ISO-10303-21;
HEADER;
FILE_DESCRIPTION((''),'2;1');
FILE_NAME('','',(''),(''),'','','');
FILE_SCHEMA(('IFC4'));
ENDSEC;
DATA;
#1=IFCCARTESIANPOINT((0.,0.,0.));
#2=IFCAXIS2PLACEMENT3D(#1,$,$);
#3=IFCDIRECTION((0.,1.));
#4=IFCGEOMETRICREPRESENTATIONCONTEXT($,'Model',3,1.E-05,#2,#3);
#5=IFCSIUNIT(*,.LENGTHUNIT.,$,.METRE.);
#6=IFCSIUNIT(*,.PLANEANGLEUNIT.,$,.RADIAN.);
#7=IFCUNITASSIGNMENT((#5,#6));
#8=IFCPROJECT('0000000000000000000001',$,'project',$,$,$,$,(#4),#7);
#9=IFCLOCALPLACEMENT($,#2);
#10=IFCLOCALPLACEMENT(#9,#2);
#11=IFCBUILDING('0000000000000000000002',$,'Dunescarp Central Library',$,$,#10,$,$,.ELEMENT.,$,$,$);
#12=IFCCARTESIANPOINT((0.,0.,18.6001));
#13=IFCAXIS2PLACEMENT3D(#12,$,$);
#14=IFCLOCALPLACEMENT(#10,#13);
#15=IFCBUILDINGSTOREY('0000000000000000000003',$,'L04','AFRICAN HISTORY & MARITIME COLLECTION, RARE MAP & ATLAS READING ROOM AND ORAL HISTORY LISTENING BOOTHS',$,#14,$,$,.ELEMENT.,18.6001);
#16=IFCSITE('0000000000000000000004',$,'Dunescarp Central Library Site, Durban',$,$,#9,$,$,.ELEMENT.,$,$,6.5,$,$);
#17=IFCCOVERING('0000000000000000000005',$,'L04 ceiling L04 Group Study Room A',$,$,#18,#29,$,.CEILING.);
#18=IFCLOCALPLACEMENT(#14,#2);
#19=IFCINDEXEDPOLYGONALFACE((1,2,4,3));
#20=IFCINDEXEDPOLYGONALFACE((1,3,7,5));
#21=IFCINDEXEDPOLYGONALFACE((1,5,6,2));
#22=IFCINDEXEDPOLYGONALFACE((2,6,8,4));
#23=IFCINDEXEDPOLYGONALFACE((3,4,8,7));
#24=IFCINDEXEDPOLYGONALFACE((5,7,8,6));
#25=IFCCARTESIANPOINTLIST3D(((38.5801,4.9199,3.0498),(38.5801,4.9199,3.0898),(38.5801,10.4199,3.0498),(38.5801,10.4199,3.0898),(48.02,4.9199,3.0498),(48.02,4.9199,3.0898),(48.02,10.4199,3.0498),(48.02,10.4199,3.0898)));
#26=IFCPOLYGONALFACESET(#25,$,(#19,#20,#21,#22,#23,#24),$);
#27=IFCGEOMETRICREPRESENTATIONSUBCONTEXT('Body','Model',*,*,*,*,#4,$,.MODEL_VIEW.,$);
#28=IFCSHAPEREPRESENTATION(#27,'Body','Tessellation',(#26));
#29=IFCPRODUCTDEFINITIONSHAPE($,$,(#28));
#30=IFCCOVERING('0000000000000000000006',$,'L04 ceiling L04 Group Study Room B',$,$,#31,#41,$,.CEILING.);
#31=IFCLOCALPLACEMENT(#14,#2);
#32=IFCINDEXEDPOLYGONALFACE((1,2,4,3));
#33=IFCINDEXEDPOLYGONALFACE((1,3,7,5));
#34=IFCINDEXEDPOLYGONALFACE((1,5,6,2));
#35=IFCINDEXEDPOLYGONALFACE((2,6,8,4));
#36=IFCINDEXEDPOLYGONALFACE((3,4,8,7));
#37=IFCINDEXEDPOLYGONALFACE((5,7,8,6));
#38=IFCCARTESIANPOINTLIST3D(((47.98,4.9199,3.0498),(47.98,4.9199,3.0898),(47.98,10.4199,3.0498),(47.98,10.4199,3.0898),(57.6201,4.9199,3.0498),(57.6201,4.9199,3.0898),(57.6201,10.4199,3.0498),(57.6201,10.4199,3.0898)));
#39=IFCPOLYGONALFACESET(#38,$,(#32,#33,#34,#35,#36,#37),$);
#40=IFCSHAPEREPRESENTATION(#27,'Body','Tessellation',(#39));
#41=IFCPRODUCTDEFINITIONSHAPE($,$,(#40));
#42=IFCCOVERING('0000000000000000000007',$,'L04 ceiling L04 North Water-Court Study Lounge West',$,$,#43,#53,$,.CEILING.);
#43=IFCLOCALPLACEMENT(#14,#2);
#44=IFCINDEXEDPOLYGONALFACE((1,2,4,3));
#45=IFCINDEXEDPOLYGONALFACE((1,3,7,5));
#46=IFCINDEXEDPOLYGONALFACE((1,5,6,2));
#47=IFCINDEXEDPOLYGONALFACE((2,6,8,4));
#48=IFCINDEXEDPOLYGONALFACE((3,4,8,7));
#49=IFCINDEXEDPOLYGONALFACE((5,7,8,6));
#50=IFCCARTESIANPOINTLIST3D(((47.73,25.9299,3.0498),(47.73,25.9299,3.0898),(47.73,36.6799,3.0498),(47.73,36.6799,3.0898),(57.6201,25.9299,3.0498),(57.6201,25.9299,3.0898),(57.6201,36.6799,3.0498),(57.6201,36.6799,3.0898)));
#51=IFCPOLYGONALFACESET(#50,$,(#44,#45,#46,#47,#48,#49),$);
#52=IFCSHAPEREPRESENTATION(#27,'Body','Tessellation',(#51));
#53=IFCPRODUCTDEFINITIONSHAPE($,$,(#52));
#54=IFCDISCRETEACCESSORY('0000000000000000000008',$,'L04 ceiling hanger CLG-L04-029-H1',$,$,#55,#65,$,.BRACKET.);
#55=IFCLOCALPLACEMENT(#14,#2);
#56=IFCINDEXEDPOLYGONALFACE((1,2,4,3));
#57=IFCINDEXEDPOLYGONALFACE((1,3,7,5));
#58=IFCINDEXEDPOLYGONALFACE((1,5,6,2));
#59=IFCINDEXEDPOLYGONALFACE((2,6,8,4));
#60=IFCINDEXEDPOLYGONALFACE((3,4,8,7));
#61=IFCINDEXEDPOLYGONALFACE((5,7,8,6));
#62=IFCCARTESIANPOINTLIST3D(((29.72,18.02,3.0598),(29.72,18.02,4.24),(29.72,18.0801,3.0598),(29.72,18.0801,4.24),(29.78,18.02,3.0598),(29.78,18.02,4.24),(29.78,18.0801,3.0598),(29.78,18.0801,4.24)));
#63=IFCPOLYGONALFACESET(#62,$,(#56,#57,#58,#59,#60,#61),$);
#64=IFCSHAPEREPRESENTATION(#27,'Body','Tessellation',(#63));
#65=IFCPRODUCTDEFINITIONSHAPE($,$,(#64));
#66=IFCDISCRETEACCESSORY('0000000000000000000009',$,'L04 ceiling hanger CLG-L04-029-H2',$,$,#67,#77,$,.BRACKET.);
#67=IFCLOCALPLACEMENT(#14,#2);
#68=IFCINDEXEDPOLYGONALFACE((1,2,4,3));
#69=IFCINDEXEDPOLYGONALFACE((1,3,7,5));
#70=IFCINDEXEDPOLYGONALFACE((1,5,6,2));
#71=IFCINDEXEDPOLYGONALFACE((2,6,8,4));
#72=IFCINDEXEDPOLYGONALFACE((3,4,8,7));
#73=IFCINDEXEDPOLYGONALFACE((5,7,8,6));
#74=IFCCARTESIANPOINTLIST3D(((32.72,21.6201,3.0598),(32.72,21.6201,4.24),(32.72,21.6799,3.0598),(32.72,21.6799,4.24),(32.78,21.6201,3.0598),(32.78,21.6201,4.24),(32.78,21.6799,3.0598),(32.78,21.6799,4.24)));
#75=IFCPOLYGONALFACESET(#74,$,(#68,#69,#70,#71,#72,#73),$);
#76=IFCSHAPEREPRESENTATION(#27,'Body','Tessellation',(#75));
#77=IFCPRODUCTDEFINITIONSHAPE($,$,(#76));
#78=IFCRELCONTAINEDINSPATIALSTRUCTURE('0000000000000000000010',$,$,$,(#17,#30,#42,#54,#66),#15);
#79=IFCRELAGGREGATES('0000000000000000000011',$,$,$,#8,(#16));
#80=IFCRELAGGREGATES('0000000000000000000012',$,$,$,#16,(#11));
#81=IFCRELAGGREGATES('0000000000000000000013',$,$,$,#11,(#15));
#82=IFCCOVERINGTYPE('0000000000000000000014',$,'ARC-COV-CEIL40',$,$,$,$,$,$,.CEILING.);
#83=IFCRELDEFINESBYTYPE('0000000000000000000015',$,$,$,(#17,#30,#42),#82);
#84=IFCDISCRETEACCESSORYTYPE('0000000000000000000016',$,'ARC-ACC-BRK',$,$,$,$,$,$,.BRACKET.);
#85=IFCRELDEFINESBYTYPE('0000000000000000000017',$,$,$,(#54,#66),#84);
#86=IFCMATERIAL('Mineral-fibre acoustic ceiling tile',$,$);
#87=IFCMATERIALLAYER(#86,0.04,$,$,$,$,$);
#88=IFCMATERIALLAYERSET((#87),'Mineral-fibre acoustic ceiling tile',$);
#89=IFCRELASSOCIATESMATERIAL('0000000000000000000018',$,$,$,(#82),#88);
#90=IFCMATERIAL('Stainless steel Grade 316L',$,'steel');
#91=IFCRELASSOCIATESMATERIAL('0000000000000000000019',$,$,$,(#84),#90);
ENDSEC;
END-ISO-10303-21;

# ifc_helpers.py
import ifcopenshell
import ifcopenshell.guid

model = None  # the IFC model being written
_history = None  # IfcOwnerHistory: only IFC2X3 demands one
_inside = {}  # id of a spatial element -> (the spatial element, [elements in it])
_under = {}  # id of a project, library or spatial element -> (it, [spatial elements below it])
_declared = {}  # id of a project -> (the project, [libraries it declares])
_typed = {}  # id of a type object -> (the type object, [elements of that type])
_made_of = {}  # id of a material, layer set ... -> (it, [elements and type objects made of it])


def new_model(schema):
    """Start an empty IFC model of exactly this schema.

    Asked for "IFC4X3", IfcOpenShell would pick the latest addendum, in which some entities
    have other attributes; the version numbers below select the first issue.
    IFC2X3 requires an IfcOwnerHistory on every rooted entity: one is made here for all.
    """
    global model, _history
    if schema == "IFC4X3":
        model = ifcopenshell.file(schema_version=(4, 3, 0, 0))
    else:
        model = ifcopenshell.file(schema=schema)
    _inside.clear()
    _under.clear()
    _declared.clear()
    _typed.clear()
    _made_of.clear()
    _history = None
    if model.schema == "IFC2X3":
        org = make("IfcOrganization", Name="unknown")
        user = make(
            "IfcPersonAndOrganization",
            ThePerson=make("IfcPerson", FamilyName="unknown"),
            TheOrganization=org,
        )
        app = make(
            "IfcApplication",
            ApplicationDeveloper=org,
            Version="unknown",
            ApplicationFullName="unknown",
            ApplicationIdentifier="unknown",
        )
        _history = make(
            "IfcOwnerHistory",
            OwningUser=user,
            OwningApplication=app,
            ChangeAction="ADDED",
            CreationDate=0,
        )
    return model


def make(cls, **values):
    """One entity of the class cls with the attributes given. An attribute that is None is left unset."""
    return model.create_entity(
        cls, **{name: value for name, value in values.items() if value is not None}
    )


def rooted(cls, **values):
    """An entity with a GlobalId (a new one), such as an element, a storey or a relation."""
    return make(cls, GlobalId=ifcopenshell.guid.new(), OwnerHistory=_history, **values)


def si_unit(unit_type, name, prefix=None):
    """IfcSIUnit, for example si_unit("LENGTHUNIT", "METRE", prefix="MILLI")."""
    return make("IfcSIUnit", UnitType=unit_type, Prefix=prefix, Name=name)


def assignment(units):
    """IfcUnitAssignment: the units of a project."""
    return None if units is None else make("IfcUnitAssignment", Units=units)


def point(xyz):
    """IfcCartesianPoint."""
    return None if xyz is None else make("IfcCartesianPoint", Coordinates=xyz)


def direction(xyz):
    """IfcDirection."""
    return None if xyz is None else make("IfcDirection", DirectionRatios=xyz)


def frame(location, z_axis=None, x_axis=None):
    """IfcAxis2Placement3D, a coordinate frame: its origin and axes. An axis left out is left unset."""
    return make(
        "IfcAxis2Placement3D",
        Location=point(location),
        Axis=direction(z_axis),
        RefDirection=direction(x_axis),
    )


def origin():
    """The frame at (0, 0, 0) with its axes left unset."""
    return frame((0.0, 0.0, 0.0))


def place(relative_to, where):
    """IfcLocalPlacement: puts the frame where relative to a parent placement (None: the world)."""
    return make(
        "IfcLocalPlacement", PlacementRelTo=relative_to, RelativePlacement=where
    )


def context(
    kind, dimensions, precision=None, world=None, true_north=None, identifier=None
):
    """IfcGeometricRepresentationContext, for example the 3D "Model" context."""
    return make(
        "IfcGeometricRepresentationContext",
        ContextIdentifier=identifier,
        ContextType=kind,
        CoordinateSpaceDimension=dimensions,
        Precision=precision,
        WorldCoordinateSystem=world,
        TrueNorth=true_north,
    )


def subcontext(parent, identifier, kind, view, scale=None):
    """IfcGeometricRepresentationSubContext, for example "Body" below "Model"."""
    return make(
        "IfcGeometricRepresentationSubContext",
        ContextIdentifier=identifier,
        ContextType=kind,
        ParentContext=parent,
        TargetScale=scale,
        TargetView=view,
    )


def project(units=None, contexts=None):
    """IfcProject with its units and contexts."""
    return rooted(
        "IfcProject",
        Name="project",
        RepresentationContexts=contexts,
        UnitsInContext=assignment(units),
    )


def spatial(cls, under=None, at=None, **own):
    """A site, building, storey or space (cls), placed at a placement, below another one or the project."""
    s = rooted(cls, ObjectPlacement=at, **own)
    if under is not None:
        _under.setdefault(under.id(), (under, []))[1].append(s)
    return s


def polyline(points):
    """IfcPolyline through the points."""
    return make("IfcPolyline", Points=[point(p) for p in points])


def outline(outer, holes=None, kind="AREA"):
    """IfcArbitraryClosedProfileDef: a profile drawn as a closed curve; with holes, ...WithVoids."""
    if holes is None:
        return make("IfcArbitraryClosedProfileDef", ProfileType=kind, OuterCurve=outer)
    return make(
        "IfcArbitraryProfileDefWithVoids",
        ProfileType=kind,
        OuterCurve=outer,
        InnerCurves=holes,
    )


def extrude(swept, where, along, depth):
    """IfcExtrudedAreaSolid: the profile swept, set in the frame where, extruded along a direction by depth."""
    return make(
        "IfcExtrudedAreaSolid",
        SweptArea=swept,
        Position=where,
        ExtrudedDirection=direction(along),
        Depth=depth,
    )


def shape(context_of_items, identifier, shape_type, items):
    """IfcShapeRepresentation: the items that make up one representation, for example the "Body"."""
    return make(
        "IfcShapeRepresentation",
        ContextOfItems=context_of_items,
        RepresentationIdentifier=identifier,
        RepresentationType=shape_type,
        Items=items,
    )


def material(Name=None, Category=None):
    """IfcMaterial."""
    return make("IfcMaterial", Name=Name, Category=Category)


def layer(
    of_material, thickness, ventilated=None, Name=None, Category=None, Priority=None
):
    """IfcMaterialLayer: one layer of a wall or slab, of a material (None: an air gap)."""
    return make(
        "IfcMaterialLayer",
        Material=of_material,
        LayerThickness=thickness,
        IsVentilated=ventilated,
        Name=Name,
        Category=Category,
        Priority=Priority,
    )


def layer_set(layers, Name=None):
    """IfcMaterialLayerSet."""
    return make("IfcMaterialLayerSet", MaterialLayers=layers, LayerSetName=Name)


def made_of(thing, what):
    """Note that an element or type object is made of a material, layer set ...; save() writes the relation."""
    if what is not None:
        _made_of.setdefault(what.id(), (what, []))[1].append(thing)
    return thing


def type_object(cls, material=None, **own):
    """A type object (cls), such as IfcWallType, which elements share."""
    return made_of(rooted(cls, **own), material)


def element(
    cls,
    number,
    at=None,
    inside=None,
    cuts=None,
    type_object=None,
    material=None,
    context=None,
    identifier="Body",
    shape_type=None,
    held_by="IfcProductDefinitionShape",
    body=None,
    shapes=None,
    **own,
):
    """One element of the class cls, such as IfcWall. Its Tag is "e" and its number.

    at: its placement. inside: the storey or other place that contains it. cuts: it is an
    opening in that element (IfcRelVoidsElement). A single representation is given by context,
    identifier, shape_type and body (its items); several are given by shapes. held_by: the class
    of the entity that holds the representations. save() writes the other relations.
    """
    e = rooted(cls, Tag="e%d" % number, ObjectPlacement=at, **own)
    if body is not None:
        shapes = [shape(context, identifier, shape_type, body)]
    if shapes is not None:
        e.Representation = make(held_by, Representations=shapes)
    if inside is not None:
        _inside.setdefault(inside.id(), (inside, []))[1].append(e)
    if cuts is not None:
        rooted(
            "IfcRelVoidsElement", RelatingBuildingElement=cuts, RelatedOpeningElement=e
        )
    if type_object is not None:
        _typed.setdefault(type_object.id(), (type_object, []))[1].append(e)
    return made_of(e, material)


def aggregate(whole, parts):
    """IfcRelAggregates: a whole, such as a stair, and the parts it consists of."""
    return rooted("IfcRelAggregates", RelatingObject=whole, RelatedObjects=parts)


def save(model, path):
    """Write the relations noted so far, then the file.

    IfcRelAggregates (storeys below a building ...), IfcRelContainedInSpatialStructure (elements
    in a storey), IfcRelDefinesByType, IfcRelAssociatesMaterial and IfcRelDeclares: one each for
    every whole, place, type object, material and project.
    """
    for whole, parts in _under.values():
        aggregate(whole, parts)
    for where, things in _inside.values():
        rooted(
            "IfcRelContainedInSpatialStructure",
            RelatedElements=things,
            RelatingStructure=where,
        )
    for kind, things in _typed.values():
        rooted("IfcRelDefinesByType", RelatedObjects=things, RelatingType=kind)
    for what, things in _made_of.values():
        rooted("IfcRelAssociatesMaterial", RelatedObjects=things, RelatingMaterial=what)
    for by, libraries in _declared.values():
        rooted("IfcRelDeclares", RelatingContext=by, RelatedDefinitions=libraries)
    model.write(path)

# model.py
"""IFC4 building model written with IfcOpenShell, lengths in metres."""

from ifc_helpers import new_model, si_unit, direction, frame, origin, place, context, subcontext, project, spatial, polyline, outline, extrude, material, layer, layer_set, type_object, element, save


model = new_model("IFC4")

# Units and contexts
model_context = context("Model", 3, precision=1e-05, world=origin(), true_north=direction((0.0, 1.0)))
body_context = subcontext(model_context, "Body", "Model", "MODEL_VIEW")
ifc_project = project(units=[si_unit("LENGTHUNIT", "METRE"), si_unit("PLANEANGLEUNIT", "RADIAN")], contexts=[model_context])

# Site, building, storey
site_placement = place(None, origin())
site = spatial("IfcSite", under=ifc_project, at=site_placement, Name="Dunescarp Central Library Site, Durban", CompositionType="ELEMENT", RefElevation=6.5)
building_placement = place(site_placement, origin())
building = spatial("IfcBuilding", under=site, at=building_placement, Name="Dunescarp Central Library", CompositionType="ELEMENT")
storey_placement = place(building_placement, frame((0.0, 0.0, 18.6001)))
storey = spatial("IfcBuildingStorey", under=building, at=storey_placement, Name="L04", Description="AFRICAN HISTORY & MARITIME COLLECTION, RARE MAP & ATLAS READING ROOM AND ORAL HISTORY LISTENING BOOTHS", CompositionType="ELEMENT", Elevation=18.6001)

# Coverings
ifc_material_1 = material(Name="Mineral-fibre acoustic ceiling tile")
ifc_layer_1 = layer(ifc_material_1, 0.04)
ifc_layer_set_1 = layer_set([ifc_layer_1], Name="Mineral-fibre acoustic ceiling tile")
covering_type_1 = type_object("IfcCoveringType", Name="ARC-COV-CEIL40", PredefinedType="CEILING", material=ifc_layer_set_1)
covering_1_placement = place(storey_placement, frame((0.0, 0.0, 3.0498)))
element("IfcCovering", 1, at=covering_1_placement, inside=storey, type_object=covering_type_1, Name="L04 ceiling L04 Group Study Room A", PredefinedType="CEILING", context=body_context, shape_type="SweptSolid", body=[
    extrude(outline(polyline([(38.5801, 4.9199), (48.02, 4.9199), (48.02, 10.4199), (38.5801, 10.4199), (38.5801, 4.9199)])), origin(), (0.0, 0.0, 1.0), 0.04),
])
covering_2_placement = place(storey_placement, frame((0.0, 0.0, 3.0498)))
element("IfcCovering", 2, at=covering_2_placement, inside=storey, type_object=covering_type_1, Name="L04 ceiling L04 Group Study Room B", PredefinedType="CEILING", context=body_context, shape_type="SweptSolid", body=[
    extrude(outline(polyline([(47.98, 4.9199), (57.6201, 4.9199), (57.6201, 10.4199), (47.98, 10.4199), (47.98, 4.9199)])), origin(), (0.0, 0.0, 1.0), 0.04),
])
covering_3_placement = place(storey_placement, frame((0.0, 0.0, 3.0498)))
element("IfcCovering", 3, at=covering_3_placement, inside=storey, type_object=covering_type_1, Name="L04 ceiling L04 North Water-Court Study Lounge West", PredefinedType="CEILING", context=body_context, shape_type="SweptSolid", body=[
    extrude(outline(polyline([(47.73, 25.9299), (57.6201, 25.9299), (57.6201, 36.6799), (47.73, 36.6799), (47.73, 25.9299)])), origin(), (0.0, 0.0, 1.0), 0.04),
])

# Discrete accessories
ifc_material_2 = material(Name="Stainless steel Grade 316L", Category="steel")
discrete_accessory_type = type_object("IfcDiscreteAccessoryType", Name="ARC-ACC-BRK", PredefinedType="BRACKET", material=ifc_material_2)
discrete_accessory_1_placement = place(storey_placement, frame((0.0, 0.0, 3.0598)))
element("IfcDiscreteAccessory", 4, at=discrete_accessory_1_placement, inside=storey, type_object=discrete_accessory_type, Name="L04 ceiling hanger CLG-L04-029-H1", PredefinedType="BRACKET", context=body_context, shape_type="SweptSolid", body=[
    extrude(outline(polyline([(29.72, 18.02), (29.78, 18.02), (29.78, 18.0801), (29.72, 18.0801), (29.72, 18.02)])), origin(), (0.0, 0.0, 1.0), 1.1802),
])
discrete_accessory_2_placement = place(storey_placement, frame((0.0, 0.0, 3.0598)))
element("IfcDiscreteAccessory", 5, at=discrete_accessory_2_placement, inside=storey, type_object=discrete_accessory_type, Name="L04 ceiling hanger CLG-L04-029-H2", PredefinedType="BRACKET", context=body_context, shape_type="SweptSolid", body=[
    extrude(outline(polyline([(32.72, 21.6201), (32.78, 21.6201), (32.78, 21.6799), (32.72, 21.6799), (32.72, 21.6201)])), origin(), (0.0, 0.0, 1.0), 1.1802),
])

save(model, "model.ifc")
